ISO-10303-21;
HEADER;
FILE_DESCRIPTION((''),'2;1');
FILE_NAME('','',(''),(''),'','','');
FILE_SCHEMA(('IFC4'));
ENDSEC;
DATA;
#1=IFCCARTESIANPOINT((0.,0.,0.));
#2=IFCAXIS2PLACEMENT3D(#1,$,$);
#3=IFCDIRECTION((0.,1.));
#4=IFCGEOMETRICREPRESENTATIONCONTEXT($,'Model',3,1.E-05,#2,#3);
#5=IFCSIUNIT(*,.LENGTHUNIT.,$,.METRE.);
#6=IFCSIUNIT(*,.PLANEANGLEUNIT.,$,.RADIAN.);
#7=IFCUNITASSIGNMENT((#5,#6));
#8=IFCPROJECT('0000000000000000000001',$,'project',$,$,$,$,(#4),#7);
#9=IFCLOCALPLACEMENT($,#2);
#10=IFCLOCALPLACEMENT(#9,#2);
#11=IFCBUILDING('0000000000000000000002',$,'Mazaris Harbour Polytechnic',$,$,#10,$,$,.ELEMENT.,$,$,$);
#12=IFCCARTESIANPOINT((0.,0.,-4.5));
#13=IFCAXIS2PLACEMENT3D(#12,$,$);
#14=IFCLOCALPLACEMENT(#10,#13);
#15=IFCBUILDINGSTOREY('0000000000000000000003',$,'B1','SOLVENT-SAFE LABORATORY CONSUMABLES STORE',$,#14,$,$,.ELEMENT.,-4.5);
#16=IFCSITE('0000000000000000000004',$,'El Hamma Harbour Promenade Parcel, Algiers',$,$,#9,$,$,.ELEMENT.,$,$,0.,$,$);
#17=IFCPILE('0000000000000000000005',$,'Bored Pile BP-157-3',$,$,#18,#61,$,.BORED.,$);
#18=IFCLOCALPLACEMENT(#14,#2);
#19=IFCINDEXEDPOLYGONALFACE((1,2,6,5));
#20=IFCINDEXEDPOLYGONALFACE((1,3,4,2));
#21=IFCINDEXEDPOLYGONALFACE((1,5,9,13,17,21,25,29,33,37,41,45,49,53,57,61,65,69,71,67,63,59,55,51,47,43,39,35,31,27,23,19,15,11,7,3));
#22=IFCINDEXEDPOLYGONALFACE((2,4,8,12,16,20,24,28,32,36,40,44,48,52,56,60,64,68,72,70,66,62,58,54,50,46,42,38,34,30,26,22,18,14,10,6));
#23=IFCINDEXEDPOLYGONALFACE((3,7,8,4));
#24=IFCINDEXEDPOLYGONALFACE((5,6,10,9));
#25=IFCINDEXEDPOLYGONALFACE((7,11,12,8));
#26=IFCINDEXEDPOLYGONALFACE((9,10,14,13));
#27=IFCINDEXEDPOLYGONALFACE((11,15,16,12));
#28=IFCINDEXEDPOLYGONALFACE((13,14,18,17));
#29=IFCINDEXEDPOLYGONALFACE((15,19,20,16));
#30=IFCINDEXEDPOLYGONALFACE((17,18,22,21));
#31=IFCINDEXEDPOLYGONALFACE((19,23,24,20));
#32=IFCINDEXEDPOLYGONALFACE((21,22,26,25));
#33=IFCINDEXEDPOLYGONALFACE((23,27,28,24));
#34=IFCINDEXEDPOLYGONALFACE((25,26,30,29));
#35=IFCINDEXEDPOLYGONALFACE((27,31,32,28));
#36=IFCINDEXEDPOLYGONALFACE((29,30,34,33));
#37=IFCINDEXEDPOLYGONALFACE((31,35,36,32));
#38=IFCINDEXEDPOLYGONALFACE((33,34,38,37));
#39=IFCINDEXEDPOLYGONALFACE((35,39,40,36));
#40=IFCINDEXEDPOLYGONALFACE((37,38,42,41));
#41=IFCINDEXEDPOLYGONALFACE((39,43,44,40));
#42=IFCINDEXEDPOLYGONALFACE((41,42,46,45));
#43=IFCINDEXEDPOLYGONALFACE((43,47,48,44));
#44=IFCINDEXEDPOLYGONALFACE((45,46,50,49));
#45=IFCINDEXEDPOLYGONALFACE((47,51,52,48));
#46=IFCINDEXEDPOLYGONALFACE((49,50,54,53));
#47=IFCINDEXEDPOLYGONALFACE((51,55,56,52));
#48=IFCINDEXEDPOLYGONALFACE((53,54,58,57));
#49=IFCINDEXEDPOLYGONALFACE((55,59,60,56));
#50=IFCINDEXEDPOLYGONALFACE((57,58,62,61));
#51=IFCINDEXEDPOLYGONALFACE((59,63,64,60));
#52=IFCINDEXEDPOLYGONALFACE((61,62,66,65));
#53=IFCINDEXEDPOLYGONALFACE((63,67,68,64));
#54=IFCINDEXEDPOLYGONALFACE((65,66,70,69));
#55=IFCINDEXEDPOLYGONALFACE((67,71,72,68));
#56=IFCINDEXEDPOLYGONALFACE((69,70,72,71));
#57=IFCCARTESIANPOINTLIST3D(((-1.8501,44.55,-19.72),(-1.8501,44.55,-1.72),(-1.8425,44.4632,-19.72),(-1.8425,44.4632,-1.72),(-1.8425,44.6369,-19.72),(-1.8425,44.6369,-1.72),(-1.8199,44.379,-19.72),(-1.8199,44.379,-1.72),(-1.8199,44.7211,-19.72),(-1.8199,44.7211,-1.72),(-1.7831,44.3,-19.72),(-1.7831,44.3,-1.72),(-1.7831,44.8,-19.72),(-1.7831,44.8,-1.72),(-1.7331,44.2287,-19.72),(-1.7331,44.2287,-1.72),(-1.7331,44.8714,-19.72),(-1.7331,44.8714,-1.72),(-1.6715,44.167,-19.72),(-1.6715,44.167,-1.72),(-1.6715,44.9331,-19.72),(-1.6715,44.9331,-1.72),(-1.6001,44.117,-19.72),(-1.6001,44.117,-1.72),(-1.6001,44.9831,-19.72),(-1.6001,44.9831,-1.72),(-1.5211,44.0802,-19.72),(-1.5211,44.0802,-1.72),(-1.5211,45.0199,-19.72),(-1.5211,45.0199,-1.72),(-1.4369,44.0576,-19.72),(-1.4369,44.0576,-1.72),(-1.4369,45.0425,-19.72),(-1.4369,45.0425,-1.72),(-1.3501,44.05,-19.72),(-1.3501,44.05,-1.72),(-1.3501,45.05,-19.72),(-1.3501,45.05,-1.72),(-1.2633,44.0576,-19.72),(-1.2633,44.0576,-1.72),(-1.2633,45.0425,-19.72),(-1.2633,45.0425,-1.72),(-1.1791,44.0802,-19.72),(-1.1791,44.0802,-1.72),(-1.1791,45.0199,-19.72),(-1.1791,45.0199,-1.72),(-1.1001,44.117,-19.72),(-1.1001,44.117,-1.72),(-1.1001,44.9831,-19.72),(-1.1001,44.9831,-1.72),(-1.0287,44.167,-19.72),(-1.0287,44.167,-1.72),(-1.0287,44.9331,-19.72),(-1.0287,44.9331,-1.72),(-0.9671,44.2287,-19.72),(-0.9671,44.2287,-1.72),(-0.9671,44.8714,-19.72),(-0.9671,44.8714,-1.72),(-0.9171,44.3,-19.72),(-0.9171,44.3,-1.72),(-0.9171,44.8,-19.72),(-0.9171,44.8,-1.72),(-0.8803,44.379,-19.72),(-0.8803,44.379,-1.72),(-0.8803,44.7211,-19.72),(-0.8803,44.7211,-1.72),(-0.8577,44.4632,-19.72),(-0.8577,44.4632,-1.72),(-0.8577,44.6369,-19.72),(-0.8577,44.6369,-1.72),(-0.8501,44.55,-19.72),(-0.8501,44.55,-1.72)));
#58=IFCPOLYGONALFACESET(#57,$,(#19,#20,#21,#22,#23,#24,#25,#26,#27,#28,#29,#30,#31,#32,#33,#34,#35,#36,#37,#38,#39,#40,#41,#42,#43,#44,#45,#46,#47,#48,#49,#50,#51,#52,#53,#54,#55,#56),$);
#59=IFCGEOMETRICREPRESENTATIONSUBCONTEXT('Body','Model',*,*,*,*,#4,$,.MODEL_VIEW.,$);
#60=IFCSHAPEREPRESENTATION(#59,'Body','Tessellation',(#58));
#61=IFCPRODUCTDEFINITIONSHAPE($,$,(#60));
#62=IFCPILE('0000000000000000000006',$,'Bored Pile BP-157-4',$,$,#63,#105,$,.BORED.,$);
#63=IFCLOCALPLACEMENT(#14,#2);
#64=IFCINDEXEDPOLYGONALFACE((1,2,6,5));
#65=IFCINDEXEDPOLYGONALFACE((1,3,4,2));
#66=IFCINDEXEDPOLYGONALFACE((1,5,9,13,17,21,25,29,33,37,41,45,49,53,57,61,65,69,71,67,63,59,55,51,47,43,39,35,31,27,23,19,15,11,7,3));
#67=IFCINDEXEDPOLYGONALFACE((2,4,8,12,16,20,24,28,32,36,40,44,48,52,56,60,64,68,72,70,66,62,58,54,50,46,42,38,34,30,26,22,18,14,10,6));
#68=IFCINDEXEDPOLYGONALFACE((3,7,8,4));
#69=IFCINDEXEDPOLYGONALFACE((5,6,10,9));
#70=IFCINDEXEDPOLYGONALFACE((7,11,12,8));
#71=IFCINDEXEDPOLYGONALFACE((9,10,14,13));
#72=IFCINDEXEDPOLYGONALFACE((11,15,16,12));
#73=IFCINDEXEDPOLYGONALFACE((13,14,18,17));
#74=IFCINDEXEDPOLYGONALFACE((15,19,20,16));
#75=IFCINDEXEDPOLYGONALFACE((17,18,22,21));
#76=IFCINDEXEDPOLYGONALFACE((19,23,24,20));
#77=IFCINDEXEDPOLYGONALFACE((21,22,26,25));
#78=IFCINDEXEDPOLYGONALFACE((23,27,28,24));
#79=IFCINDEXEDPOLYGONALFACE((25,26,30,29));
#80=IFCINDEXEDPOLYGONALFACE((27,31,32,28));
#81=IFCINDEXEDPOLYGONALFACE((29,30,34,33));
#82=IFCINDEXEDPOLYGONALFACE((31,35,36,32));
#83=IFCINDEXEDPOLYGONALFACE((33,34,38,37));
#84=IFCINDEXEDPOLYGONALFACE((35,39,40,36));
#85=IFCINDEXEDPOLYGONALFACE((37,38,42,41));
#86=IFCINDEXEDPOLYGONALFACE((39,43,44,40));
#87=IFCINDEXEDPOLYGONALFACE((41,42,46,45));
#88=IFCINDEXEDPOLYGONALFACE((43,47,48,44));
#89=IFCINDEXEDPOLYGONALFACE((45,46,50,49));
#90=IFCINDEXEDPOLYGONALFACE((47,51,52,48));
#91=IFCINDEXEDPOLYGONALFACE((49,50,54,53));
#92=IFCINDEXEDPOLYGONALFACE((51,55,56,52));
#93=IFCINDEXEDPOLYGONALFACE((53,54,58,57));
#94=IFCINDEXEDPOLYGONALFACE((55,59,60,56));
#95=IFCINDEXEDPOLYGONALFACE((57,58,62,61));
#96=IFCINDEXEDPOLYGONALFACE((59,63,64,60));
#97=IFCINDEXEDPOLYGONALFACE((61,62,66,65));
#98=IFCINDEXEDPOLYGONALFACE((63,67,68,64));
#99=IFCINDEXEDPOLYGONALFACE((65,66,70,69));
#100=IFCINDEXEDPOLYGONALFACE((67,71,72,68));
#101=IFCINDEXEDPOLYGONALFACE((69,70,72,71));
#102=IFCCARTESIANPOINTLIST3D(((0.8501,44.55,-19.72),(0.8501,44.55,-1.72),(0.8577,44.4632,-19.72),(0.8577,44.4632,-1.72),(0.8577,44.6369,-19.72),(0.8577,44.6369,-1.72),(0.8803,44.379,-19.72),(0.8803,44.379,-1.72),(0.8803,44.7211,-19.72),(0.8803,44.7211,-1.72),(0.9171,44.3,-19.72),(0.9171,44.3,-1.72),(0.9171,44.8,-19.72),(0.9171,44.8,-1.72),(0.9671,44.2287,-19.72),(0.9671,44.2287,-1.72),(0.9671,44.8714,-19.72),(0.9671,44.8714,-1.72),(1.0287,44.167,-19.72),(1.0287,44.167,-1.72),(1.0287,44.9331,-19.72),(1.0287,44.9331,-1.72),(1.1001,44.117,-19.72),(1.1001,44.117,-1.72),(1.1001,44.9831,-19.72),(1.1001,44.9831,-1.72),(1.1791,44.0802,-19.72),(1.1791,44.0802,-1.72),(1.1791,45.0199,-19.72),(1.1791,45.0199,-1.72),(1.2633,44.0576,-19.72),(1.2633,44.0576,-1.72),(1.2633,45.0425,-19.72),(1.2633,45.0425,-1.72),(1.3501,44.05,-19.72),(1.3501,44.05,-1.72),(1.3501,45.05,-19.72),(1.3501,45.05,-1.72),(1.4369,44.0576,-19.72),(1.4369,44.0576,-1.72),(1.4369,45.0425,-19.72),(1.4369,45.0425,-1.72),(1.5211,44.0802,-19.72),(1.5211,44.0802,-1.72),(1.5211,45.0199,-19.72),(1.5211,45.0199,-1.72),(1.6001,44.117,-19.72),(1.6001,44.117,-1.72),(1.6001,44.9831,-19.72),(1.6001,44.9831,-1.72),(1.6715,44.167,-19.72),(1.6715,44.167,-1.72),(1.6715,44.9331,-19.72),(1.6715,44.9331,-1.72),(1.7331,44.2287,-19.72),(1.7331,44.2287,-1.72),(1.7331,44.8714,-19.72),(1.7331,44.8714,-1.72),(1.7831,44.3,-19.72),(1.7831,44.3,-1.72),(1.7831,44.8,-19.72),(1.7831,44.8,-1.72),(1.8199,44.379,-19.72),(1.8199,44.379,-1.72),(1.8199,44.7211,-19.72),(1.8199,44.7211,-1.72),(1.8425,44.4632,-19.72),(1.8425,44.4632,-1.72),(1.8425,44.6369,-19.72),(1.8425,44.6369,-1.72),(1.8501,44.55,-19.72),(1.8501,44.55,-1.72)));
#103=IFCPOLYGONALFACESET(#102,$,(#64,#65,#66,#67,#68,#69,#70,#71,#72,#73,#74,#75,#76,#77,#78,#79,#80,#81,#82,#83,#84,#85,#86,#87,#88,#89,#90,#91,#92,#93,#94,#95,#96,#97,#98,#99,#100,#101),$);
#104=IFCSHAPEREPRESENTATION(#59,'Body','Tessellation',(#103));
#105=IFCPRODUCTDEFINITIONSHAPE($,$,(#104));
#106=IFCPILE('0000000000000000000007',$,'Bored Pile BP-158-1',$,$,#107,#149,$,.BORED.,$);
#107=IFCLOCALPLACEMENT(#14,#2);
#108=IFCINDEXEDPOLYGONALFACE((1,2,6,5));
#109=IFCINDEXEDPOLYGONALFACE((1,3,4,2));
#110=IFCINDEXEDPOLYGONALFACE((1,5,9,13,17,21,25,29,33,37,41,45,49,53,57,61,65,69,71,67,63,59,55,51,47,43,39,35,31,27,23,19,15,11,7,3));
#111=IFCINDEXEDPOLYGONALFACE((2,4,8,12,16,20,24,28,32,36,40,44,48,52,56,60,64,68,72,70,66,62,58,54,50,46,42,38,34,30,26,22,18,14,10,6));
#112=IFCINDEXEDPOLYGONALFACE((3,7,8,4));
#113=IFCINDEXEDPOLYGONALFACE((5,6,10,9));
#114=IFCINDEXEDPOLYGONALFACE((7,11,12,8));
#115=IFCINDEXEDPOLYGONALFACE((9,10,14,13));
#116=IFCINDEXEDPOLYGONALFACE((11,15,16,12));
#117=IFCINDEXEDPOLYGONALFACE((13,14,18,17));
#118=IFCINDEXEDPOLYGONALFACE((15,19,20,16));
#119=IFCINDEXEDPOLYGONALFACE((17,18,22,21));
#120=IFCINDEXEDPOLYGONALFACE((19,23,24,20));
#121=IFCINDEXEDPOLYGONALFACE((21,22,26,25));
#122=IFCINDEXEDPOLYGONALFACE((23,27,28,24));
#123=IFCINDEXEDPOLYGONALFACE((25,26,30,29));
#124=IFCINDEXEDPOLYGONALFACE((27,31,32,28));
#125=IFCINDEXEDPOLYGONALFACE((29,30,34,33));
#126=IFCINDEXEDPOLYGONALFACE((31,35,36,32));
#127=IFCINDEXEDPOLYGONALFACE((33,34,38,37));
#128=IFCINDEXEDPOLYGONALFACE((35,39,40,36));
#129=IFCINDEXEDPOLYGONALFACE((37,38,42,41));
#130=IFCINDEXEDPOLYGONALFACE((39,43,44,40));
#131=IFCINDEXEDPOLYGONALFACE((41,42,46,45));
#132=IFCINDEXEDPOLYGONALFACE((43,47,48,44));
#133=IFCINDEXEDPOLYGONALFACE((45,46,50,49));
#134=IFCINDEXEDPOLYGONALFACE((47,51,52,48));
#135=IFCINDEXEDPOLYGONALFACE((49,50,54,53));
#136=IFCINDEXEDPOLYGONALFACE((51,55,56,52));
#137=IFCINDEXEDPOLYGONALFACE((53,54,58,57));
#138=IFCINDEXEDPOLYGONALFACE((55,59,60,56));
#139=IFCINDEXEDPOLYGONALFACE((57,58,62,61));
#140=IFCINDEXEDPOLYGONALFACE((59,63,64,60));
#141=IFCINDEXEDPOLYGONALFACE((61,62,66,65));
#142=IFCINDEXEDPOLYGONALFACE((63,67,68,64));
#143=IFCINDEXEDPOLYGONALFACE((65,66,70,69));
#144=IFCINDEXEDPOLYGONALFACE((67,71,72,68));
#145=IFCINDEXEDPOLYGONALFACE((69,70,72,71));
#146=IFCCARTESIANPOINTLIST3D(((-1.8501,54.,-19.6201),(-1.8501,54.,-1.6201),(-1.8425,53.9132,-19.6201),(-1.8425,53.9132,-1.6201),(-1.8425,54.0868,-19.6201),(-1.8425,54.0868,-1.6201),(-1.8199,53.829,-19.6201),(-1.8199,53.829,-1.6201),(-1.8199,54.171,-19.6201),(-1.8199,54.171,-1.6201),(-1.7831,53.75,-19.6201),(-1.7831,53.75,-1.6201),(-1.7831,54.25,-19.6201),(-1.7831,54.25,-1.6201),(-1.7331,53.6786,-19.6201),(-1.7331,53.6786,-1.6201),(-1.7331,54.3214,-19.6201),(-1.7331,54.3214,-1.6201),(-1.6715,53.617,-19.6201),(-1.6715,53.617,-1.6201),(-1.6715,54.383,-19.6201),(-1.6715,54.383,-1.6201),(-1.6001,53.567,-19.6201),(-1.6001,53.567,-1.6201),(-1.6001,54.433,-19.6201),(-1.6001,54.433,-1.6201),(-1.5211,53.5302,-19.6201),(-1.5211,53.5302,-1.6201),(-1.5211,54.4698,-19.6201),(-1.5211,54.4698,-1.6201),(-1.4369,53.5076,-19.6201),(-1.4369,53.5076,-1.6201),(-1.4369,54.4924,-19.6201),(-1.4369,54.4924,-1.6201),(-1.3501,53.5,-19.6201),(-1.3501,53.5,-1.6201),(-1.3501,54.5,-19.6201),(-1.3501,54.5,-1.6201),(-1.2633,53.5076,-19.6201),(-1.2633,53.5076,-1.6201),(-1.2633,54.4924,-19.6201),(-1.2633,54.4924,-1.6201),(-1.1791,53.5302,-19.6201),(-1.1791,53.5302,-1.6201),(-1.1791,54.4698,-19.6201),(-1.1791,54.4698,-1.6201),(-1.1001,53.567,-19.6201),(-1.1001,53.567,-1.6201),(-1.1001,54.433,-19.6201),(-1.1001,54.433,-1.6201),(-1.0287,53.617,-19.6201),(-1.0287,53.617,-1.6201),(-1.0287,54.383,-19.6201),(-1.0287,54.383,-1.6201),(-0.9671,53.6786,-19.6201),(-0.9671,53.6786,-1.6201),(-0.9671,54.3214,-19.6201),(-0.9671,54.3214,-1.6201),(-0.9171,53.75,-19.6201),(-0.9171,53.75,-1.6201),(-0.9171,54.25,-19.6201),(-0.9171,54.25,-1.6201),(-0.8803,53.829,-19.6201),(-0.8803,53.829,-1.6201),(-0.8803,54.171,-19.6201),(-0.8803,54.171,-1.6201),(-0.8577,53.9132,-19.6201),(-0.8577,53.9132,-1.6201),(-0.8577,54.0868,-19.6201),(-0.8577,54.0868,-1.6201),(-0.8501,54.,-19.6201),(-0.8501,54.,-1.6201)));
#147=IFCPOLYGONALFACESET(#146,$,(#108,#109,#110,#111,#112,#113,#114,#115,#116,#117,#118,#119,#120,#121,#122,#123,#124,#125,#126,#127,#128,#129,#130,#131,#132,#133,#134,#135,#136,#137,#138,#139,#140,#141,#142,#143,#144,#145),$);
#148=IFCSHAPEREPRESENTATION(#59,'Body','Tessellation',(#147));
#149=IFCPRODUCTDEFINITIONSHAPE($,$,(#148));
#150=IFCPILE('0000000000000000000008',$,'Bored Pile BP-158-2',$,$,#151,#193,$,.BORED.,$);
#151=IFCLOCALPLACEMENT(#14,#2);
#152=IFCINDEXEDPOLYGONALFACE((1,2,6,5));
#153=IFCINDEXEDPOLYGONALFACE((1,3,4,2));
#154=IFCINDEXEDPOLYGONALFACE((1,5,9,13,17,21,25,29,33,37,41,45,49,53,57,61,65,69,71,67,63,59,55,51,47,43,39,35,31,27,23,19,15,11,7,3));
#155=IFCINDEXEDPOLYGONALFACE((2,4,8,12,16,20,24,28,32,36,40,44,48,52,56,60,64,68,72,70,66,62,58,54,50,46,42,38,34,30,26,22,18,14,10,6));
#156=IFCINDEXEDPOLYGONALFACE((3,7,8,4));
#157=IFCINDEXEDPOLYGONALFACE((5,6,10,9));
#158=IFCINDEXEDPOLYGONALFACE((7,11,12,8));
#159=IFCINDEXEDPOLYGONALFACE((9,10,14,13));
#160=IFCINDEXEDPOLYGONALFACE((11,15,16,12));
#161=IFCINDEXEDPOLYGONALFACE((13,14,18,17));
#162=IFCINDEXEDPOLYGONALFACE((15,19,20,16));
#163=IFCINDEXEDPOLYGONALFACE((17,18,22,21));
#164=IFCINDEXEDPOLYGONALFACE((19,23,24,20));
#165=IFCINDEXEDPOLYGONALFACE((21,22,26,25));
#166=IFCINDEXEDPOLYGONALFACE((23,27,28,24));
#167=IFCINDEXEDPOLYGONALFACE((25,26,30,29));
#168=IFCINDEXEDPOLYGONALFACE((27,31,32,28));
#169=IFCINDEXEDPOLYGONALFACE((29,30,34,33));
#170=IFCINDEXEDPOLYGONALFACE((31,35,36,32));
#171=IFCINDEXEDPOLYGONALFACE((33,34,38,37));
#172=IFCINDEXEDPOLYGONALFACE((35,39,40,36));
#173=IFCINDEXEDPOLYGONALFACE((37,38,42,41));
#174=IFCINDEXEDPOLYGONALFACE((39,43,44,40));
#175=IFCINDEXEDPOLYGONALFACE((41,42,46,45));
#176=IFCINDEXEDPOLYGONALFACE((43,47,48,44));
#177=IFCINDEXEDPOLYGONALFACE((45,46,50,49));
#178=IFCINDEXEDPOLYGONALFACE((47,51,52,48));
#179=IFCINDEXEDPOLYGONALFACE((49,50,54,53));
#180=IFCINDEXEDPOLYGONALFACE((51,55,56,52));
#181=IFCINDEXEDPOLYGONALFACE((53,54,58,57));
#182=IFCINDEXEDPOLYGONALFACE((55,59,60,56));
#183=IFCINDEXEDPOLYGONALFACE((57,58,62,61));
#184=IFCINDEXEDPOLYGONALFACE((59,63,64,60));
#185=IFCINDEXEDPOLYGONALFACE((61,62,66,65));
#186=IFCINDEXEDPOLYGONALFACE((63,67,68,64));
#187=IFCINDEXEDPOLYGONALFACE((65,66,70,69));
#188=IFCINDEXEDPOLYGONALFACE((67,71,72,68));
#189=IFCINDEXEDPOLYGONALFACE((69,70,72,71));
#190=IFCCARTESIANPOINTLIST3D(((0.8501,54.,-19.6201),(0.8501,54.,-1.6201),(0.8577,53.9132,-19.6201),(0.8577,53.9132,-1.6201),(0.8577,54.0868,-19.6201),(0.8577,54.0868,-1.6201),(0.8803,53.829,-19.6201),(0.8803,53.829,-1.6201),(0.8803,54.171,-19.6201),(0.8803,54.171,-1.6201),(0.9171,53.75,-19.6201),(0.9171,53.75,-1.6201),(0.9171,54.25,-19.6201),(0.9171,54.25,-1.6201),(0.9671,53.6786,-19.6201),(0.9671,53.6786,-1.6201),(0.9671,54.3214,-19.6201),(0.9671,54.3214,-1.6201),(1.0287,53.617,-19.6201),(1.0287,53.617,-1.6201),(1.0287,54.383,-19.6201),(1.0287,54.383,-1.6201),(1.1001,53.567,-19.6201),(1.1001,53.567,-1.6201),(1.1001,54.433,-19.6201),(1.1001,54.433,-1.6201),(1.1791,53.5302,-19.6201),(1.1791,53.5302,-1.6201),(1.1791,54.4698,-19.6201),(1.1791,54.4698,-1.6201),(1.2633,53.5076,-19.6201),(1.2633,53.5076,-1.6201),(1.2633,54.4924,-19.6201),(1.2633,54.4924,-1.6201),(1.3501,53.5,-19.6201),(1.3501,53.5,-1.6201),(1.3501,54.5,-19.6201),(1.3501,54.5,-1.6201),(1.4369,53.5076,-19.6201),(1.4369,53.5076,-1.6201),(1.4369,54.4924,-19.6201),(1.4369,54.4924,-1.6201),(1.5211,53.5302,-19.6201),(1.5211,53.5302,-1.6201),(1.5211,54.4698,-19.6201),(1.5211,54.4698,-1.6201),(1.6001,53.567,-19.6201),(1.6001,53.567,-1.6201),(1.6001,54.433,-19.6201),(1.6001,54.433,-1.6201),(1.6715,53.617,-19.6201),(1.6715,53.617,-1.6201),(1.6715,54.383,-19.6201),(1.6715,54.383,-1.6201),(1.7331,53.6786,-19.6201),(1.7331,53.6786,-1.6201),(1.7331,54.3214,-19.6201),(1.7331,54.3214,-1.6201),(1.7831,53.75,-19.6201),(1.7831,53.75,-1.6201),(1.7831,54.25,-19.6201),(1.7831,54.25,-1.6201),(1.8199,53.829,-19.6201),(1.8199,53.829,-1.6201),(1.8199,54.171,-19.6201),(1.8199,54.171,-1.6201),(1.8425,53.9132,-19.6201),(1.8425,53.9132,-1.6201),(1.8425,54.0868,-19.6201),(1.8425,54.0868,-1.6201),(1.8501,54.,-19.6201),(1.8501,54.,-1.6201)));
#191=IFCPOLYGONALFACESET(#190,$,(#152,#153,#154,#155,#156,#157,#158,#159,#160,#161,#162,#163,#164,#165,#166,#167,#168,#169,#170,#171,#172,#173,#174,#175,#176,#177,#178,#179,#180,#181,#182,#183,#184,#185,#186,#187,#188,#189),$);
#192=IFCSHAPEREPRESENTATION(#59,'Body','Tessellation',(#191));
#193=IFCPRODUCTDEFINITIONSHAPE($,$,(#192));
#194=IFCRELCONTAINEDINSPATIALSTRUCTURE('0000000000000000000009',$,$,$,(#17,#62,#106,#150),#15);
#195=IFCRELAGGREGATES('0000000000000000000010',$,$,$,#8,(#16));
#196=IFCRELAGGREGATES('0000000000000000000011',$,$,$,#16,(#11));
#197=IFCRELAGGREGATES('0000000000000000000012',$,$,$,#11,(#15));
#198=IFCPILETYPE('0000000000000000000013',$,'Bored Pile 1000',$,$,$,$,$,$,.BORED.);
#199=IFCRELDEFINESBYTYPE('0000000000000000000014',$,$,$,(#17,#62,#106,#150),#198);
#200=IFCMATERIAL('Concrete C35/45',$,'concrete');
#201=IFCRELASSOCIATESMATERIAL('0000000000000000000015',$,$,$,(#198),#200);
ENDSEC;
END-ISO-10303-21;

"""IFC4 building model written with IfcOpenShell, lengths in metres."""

from ifc_helpers import new_model, si_unit, direction, frame, origin, origin_2d, place, context, subcontext, project, spatial, circle, extrude, material, material_profile, profile_set, type_object, element, save


model = new_model("IFC4")

# Units and contexts
model_context = context("Model", 3, precision=1e-05, world=origin(), true_north=direction((0.0, 1.0)))
body_context = subcontext(model_context, "Body", "Model", "MODEL_VIEW")
ifc_project = project(units=[si_unit("LENGTHUNIT", "METRE"), si_unit("PLANEANGLEUNIT", "RADIAN")], contexts=[model_context])

# Site, building, storey
site_placement = place(None, origin())
site = spatial("IfcSite", under=ifc_project, at=site_placement, Name="El Hamma Harbour Promenade Parcel, Algiers", CompositionType="ELEMENT", RefElevation=0.0)
building_placement = place(site_placement, origin())
building = spatial("IfcBuilding", under=site, at=building_placement, Name="Mazaris Harbour Polytechnic", CompositionType="ELEMENT")
storey_placement = place(building_placement, frame((0.0, 0.0, -4.5)))
storey = spatial("IfcBuildingStorey", under=building, at=storey_placement, Name="B1", Description="SOLVENT-SAFE LABORATORY CONSUMABLES STORE", CompositionType="ELEMENT", Elevation=-4.5)

# Piles
ifc_material_1 = material(Name="Concrete C35/45", Category="concrete")
ifc_material_profile_1 = material_profile(ifc_material_1, circle(Radius=0.5, at=origin_2d()), Name="DIA1000")
ifc_profile_set_1 = profile_set([ifc_material_profile_1], Name="Concrete C35/45")
pile_type_1 = type_object("IfcPileType", Name="Bored Pile 1000", PredefinedType="BORED", material=ifc_profile_set_1)
for number, where, z_axis, x_axis, name in (
    (1, (-1.3501, 44.55, -1.72), (0.0, 0.0, -1.0), (1.0, 0.0, 0.0), "Bored Pile BP-157-3"),
    (2, (1.3501, 44.55, -1.72), (0.0, 0.0, -1.0), (1.0, 0.0, 0.0), "Bored Pile BP-157-4"),
    (3, (-1.3501, 54.0, -1.6201), (0.0, 0.0, -1.0), (1.0, 0.0, 0.0), "Bored Pile BP-158-1"),
    (4, (1.3501, 54.0, -1.6201), (0.0, 0.0, -1.0), (1.0, 0.0, 0.0), "Bored Pile BP-158-2"),
):
    element("IfcPile", number, at=place(storey_placement, frame(where, z_axis=z_axis, x_axis=x_axis)), inside=storey, type_object=pile_type_1, Name=name, PredefinedType="BORED", context=body_context, shape_type="SweptSolid", body=[
        extrude(circle(Radius=0.5, at=origin_2d()), origin(), (0.0, 0.0, 1.0), 18.0),
    ])

save(model, "model.ifc")
